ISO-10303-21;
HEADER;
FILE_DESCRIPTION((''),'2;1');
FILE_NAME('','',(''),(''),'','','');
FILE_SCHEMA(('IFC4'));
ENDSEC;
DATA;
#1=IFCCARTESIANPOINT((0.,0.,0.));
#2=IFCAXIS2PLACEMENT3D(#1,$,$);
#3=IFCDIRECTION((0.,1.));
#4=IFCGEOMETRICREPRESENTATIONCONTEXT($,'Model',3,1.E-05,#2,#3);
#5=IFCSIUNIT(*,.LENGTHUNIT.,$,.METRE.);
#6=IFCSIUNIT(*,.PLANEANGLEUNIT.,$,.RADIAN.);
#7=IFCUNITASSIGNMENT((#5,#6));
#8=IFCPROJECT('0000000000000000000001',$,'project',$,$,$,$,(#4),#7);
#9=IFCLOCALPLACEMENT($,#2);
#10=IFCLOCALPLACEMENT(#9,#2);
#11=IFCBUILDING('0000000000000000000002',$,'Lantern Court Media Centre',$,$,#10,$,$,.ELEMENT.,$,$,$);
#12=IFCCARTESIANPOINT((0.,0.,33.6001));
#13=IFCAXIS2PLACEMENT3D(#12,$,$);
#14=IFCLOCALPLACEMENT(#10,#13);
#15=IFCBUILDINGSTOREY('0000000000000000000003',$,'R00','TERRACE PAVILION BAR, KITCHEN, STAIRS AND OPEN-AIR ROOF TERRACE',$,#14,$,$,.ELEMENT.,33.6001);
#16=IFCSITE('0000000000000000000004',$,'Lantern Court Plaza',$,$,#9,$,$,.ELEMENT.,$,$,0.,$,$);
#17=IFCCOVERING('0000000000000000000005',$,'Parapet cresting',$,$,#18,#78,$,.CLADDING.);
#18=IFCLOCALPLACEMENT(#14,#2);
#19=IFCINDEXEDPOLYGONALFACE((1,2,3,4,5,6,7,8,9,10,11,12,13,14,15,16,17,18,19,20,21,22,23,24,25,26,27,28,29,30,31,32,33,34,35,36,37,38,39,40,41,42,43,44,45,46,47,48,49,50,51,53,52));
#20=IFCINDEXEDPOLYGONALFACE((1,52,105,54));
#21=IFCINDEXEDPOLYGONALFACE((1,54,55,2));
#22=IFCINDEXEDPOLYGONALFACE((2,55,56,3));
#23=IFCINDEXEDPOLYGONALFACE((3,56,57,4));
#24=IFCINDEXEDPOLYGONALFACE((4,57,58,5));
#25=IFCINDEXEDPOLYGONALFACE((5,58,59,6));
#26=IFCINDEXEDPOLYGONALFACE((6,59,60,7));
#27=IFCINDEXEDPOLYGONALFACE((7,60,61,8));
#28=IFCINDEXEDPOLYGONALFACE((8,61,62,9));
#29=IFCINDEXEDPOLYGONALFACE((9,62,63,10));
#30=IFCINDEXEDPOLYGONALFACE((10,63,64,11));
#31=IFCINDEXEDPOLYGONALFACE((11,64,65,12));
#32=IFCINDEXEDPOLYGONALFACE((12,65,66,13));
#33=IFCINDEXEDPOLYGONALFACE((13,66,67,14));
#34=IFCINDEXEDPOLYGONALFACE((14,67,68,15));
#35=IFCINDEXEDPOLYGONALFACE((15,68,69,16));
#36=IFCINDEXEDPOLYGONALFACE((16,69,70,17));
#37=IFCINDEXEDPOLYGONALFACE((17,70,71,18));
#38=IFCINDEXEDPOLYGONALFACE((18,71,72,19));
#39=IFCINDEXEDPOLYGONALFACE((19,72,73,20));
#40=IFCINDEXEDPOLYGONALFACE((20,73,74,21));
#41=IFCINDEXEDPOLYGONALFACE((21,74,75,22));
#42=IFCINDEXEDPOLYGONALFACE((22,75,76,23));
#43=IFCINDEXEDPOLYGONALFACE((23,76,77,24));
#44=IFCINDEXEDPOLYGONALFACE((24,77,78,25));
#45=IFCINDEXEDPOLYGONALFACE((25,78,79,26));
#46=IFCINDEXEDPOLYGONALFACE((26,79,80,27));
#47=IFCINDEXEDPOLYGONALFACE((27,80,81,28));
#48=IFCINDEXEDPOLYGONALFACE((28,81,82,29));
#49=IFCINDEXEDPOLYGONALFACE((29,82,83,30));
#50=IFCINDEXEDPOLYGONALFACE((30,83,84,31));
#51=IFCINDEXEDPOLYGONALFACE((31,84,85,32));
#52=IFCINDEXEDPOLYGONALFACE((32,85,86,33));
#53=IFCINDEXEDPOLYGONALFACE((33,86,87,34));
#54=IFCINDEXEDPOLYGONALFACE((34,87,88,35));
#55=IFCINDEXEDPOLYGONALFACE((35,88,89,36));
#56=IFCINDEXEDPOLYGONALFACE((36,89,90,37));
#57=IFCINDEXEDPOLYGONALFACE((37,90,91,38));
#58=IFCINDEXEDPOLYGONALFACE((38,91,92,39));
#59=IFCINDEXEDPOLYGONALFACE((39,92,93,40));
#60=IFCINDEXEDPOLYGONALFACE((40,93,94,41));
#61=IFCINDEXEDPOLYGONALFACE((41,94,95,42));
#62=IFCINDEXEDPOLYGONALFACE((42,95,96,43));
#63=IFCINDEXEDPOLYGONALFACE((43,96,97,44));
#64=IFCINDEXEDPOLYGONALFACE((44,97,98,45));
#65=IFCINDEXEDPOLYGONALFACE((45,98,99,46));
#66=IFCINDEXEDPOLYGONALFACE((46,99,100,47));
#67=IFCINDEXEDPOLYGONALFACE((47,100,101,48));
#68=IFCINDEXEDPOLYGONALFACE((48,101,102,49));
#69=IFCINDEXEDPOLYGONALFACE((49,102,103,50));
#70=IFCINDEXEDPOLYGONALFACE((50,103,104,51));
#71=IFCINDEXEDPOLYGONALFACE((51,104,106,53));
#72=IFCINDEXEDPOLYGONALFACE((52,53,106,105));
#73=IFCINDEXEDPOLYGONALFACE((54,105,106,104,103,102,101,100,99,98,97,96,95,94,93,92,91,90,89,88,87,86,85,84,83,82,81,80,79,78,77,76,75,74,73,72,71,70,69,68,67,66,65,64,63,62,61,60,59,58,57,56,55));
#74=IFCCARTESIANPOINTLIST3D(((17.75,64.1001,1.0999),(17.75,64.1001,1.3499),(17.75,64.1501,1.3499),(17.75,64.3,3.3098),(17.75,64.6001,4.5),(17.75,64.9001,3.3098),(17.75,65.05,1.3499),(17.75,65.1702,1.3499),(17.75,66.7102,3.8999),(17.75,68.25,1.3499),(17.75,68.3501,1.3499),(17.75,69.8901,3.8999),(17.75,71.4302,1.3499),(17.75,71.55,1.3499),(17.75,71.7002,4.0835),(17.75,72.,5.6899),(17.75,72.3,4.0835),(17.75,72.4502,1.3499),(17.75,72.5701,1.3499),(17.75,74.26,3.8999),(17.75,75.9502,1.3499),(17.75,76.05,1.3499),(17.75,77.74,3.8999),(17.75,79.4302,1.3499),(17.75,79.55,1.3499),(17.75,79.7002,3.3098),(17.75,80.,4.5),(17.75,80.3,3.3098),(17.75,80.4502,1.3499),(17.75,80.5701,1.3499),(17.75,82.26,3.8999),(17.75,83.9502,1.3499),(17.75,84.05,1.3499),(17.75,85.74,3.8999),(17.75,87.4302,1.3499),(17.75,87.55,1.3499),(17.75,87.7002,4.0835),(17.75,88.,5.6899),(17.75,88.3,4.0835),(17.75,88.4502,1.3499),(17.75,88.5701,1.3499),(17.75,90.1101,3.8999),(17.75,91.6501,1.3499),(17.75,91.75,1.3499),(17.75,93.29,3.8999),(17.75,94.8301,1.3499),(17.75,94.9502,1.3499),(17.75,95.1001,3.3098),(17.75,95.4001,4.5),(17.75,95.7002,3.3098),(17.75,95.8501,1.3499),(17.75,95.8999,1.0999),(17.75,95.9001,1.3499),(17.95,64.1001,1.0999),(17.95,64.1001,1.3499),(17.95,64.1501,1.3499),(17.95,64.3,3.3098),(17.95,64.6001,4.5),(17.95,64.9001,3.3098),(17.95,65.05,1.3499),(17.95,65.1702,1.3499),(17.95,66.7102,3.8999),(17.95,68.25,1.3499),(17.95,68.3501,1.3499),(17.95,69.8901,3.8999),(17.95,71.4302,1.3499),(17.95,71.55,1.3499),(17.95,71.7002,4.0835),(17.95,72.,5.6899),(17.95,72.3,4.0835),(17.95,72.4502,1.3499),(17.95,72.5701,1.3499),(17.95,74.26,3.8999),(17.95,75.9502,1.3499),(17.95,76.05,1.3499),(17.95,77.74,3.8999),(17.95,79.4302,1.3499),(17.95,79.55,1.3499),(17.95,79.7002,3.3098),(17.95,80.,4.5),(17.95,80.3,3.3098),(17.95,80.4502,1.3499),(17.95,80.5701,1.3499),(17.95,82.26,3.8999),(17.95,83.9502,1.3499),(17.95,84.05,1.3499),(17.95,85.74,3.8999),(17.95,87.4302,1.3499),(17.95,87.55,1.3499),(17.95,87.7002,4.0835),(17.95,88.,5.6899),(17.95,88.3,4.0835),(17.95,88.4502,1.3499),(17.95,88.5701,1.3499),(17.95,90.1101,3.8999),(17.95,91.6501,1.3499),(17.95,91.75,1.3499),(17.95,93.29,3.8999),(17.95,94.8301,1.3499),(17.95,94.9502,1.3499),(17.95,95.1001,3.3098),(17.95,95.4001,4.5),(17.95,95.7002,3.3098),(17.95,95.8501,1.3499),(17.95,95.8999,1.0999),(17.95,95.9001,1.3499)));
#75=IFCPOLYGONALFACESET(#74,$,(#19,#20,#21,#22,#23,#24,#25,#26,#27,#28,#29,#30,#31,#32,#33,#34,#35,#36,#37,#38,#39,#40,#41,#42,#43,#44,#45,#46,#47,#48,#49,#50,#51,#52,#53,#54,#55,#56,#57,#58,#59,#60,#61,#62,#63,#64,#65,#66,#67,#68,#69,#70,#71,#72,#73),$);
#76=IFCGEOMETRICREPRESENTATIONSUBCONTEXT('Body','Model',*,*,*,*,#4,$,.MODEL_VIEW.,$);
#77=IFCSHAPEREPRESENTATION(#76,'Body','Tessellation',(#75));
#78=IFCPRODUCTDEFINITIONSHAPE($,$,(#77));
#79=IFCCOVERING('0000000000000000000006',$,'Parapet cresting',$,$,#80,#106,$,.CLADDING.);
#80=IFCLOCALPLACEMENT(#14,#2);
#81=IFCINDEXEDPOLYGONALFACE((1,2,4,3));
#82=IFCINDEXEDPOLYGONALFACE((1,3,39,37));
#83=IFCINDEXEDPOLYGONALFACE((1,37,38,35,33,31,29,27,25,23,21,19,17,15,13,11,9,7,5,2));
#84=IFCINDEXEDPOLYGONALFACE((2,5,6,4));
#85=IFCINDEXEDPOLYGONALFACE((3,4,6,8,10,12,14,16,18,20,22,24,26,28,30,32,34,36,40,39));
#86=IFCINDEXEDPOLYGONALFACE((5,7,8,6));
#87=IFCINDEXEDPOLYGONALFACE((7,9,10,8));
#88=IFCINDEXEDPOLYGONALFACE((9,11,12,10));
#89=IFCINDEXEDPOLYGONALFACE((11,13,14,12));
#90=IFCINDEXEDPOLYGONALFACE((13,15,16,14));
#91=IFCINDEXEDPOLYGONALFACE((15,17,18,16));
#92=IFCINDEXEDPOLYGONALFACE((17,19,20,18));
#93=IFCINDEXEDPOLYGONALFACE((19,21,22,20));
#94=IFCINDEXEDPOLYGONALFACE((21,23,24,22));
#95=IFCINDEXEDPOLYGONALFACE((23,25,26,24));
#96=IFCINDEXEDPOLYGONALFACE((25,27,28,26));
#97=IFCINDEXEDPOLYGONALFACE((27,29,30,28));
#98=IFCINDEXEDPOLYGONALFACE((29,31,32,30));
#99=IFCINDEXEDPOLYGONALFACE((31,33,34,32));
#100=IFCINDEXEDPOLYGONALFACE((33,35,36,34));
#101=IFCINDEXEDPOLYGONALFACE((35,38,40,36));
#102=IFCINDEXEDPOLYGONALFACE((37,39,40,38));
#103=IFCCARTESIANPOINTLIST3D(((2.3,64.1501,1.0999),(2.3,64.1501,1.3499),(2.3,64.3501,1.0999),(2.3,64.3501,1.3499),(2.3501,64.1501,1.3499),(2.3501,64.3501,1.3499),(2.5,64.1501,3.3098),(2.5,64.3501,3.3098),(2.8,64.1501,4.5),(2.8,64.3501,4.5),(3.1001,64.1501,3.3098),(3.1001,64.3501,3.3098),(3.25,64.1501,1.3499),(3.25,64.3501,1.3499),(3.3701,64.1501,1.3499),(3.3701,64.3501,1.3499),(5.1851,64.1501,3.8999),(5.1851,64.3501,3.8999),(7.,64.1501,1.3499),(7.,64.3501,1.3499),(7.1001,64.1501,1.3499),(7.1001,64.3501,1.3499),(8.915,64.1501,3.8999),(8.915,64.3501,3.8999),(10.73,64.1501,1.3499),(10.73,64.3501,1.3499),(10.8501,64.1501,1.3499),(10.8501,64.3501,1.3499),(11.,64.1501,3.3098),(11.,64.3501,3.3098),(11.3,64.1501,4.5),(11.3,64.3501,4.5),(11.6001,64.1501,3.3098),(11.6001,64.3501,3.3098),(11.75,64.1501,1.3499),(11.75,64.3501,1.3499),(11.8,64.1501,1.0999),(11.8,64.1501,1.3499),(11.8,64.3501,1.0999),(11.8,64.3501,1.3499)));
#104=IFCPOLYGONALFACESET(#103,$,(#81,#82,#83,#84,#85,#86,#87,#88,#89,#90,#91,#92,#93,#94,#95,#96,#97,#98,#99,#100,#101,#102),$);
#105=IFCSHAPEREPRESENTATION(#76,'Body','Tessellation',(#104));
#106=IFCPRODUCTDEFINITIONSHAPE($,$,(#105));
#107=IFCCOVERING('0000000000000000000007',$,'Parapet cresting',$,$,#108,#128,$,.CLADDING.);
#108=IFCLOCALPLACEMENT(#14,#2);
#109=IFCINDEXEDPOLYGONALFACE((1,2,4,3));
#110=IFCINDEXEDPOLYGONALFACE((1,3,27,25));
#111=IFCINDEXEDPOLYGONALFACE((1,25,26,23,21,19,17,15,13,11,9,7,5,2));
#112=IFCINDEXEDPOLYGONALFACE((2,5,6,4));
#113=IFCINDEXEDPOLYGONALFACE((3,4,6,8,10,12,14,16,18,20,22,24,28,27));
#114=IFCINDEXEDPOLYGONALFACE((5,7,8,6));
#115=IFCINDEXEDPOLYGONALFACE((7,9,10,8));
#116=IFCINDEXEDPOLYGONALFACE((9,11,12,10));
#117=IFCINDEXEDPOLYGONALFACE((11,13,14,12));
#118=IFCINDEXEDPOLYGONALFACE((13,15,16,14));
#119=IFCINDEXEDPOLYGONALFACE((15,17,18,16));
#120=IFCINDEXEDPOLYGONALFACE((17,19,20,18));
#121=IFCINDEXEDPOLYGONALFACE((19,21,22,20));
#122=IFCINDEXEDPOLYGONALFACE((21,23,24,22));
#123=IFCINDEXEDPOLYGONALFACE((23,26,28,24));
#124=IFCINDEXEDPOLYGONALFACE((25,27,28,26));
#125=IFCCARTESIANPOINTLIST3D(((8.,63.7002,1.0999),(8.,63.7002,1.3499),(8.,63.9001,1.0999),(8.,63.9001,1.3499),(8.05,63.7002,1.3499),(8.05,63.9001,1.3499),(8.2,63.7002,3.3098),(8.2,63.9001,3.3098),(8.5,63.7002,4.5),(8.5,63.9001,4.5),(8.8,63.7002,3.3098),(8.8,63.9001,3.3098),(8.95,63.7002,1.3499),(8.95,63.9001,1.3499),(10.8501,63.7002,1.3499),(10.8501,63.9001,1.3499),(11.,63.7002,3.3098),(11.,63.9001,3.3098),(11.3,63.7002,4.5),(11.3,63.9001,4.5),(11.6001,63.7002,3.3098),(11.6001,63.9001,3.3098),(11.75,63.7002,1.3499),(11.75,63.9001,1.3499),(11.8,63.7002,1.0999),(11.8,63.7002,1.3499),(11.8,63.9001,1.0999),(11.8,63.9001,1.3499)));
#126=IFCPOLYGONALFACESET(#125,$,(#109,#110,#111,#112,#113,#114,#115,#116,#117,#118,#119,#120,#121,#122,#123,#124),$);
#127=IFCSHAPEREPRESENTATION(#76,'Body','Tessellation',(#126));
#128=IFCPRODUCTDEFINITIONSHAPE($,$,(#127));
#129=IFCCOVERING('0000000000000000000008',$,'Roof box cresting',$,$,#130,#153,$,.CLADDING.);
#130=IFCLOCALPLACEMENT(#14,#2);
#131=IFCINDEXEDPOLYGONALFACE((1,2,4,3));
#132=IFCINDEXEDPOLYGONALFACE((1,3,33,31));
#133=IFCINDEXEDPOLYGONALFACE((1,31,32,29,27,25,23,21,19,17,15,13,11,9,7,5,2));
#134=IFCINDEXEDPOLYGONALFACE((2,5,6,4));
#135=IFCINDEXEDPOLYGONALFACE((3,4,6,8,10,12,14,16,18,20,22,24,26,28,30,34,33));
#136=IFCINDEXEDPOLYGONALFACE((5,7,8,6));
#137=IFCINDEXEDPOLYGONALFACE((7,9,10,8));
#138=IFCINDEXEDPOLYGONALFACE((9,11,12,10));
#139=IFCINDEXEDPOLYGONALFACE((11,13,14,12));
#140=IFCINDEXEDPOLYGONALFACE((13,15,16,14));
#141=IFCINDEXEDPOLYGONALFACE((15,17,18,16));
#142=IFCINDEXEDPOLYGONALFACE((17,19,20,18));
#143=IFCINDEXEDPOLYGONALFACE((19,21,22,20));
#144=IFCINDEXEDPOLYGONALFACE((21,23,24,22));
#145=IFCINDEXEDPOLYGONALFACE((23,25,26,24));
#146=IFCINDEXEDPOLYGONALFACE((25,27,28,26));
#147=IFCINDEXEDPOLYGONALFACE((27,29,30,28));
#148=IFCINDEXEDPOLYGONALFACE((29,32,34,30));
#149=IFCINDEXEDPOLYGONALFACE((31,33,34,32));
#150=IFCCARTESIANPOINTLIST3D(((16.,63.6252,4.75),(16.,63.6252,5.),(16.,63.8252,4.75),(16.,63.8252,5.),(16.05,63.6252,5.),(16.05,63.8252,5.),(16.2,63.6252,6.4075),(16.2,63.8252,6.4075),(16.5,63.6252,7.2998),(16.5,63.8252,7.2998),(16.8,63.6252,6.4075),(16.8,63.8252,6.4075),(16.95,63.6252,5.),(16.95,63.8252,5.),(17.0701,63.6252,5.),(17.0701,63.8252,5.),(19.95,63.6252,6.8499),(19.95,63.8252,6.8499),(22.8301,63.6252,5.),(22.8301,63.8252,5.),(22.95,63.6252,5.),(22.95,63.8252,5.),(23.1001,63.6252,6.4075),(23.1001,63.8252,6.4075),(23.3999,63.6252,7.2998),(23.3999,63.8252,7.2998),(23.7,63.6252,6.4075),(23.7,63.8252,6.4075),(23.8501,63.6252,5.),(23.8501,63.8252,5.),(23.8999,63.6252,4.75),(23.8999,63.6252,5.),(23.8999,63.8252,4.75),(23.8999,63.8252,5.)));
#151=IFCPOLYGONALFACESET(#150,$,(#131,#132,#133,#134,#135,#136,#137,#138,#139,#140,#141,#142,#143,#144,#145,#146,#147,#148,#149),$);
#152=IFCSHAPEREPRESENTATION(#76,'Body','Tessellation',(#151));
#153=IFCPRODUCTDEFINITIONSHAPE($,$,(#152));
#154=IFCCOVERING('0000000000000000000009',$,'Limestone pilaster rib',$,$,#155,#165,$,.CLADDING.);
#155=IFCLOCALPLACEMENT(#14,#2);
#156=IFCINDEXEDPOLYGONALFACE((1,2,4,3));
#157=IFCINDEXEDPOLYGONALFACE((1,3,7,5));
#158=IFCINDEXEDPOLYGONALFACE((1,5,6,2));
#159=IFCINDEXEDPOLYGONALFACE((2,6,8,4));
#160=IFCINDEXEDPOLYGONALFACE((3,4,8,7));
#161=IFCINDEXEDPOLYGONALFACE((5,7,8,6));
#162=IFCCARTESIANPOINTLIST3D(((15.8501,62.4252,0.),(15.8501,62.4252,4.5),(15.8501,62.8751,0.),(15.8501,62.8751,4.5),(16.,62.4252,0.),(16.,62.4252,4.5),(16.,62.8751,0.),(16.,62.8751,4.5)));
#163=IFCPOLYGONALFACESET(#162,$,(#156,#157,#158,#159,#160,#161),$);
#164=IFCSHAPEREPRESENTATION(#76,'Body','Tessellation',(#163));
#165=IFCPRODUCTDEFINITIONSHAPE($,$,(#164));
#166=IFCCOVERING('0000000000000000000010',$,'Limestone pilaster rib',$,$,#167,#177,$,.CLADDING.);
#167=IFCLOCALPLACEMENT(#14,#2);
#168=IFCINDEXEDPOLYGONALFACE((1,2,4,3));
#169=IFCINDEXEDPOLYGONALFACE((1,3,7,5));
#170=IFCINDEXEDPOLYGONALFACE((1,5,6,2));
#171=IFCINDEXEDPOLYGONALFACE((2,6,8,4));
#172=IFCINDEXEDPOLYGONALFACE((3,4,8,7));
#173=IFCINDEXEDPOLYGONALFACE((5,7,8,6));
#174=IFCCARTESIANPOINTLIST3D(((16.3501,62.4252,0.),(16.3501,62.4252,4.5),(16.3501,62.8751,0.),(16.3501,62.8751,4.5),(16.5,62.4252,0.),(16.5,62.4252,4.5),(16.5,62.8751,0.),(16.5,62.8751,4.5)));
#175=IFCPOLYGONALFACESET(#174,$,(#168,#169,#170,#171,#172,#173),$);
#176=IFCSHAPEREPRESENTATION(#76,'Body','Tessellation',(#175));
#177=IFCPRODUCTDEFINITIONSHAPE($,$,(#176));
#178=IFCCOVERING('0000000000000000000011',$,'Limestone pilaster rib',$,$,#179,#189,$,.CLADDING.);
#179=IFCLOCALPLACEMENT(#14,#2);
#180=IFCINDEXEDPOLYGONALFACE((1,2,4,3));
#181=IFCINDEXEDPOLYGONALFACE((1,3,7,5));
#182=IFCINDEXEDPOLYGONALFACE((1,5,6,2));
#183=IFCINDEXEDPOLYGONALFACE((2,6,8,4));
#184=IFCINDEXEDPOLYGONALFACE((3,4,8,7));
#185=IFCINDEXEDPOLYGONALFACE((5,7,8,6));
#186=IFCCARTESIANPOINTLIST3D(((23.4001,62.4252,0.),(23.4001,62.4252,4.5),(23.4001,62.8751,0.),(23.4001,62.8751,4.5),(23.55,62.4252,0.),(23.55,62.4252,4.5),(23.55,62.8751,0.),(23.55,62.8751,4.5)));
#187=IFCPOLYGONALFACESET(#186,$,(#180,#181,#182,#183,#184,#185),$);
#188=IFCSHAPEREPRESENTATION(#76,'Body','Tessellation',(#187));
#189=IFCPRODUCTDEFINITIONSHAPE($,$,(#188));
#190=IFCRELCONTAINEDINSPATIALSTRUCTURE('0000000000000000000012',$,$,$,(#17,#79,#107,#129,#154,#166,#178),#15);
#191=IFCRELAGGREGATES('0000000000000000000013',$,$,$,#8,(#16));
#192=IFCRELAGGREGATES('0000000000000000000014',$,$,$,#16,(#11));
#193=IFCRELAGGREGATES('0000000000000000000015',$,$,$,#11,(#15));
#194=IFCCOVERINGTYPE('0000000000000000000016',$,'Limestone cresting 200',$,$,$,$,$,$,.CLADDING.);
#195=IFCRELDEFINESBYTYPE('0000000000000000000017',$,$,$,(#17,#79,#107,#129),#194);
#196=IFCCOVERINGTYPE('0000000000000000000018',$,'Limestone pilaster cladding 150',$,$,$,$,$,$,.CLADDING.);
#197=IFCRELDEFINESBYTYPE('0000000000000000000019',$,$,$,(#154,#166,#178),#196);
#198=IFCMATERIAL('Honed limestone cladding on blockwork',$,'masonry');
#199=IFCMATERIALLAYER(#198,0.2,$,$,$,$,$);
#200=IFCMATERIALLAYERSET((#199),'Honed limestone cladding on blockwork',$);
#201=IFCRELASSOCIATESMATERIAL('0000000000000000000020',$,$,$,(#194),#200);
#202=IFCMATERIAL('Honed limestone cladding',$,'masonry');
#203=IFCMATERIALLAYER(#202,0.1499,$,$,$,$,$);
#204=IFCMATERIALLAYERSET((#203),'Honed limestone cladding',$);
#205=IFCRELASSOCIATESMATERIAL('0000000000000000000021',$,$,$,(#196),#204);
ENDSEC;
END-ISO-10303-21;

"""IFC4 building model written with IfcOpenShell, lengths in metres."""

from ifc_helpers import new_model, si_unit, direction, frame, frame_2d, origin, place, context, subcontext, project, spatial, polyline, rectangle, outline, extrude, material, layer, layer_set, type_object, element, save


model = new_model("IFC4")

# Units and contexts
model_context = context("Model", 3, precision=1e-05, world=origin(), true_north=direction((0.0, 1.0)))
body_context = subcontext(model_context, "Body", "Model", "MODEL_VIEW")
ifc_project = project(units=[si_unit("LENGTHUNIT", "METRE"), si_unit("PLANEANGLEUNIT", "RADIAN")], contexts=[model_context])

# Site, building, storey
site_placement = place(None, origin())
site = spatial("IfcSite", under=ifc_project, at=site_placement, Name="Lantern Court Plaza", CompositionType="ELEMENT", RefElevation=0.0)
building_placement = place(site_placement, origin())
building = spatial("IfcBuilding", under=site, at=building_placement, Name="Lantern Court Media Centre", CompositionType="ELEMENT")
storey_placement = place(building_placement, frame((0.0, 0.0, 33.6001)))
storey = spatial("IfcBuildingStorey", under=building, at=storey_placement, Name="R00", Description="TERRACE PAVILION BAR, KITCHEN, STAIRS AND OPEN-AIR ROOF TERRACE", CompositionType="ELEMENT", Elevation=33.6001)

# Shared definitions
ifc_material_1 = material(Name="Honed limestone cladding on blockwork", Category="masonry")

# Coverings
ifc_layer_1 = layer(ifc_material_1, 0.2)
ifc_layer_set_1 = layer_set([ifc_layer_1], Name="Honed limestone cladding on blockwork")
covering_type_1 = type_object("IfcCoveringType", Name="Limestone cresting 200", PredefinedType="CLADDING", material=ifc_layer_set_1)
for number, where, z_axis, x_axis, name in (
    (1, (17.8501, 64.1001, 1.0999), (0.0, 0.0, 1.0), (0.0, 1.0, 0.0), "Parapet cresting"),
):
    element("IfcCovering", number, at=place(storey_placement, frame(where, z_axis=z_axis, x_axis=x_axis)), inside=storey, type_object=covering_type_1, Name=name, PredefinedType="CLADDING", context=body_context, shape_type="SweptSolid", body=[
        extrude(outline(polyline([(0.0, 0.0), (31.7998, 0.0), (31.8, 0.25), (31.75, 0.25), (31.6001, 2.21), (31.3, 3.4001), (31.0, 2.21), (30.8501, 0.25), (30.73, 0.25), (29.1899, 2.8), (27.6499, 0.25), (27.55, 0.25), (26.01, 2.8), (24.47, 0.25), (24.3501, 0.25), (24.2, 2.9836), (23.8999, 4.5901), (23.6001, 2.9836), (23.45, 0.25), (23.3301, 0.25), (21.6399, 2.8), (19.95, 0.25), (19.8501, 0.25), (18.1599, 2.8), (16.47, 0.25), (16.3501, 0.25), (16.2, 2.21), (15.8999, 3.4001), (15.6001, 2.21), (15.45, 0.25), (15.3301, 0.25), (13.6399, 2.8), (11.95, 0.25), (11.8501, 0.25), (10.1599, 2.8), (8.47, 0.25), (8.3501, 0.25), (8.2, 2.9836), (7.8999, 4.5901), (7.6001, 2.9836), (7.45, 0.25), (7.3301, 0.25), (5.79, 2.8), (4.25, 0.25), (4.1499, 0.25), (2.6101, 2.8), (1.0701, 0.25), (0.95, 0.25), (0.8, 2.21), (0.5, 3.4001), (0.2, 2.21), (0.05, 0.25), (0.0, 0.25), (0.0, 0.0)])), frame((0.0, 0.1001, 0.0), z_axis=(0.0, -1.0, 0.0), x_axis=(1.0, 0.0, 0.0)), (0.0, 0.0, 1.0), 0.2),
    ])
covering_1_placement = place(storey_placement, frame((2.3, 64.25, 1.0999), z_axis=(0.0, 0.0, 1.0), x_axis=(1.0, 0.0, 0.0)))
element("IfcCovering", 2, at=covering_1_placement, inside=storey, type_object=covering_type_1, Name="Parapet cresting", PredefinedType="CLADDING", context=body_context, shape_type="SweptSolid", body=[
    extrude(outline(polyline([(0.0, 0.0), (9.5, 0.0), (9.5, 0.25), (9.45, 0.25), (9.3, 2.21), (9.0, 3.4001), (8.7, 2.21), (8.55, 0.25), (8.4299, 0.25), (6.615, 2.8), (4.8, 0.25), (4.7, 0.25), (2.885, 2.8), (1.0701, 0.25), (0.95, 0.25), (0.8, 2.21), (0.5, 3.4001), (0.2, 2.21), (0.05, 0.25), (0.0, 0.25), (0.0, 0.0)])), frame((0.0, 0.1001, 0.0), z_axis=(0.0, -1.0, 0.0), x_axis=(1.0, 0.0, 0.0)), (0.0, 0.0, 1.0), 0.2),
])
covering_2_placement = place(storey_placement, frame((8.0, 63.8, 1.0999), z_axis=(0.0, 0.0, 1.0), x_axis=(1.0, 0.0, 0.0)))
element("IfcCovering", 3, at=covering_2_placement, inside=storey, type_object=covering_type_1, Name="Parapet cresting", PredefinedType="CLADDING", context=body_context, shape_type="SweptSolid", body=[
    extrude(outline(polyline([(0.0, 0.0), (3.8, 0.0), (3.8, 0.25), (3.75, 0.25), (3.6001, 2.21), (3.3, 3.4001), (3.0, 2.21), (2.8501, 0.25), (0.95, 0.25), (0.8, 2.21), (0.5, 3.4001), (0.2, 2.21), (0.05, 0.25), (0.0, 0.25), (0.0, 0.0)])), frame((0.0, 0.1001, 0.0), z_axis=(0.0, -1.0, 0.0), x_axis=(1.0, 0.0, 0.0)), (0.0, 0.0, 1.0), 0.2),
])
covering_3_placement = place(storey_placement, frame((16.0, 63.7251, 4.75), z_axis=(0.0, 0.0, 1.0), x_axis=(1.0, 0.0, 0.0)))
element("IfcCovering", 4, at=covering_3_placement, inside=storey, type_object=covering_type_1, Name="Roof box cresting", PredefinedType="CLADDING", context=body_context, shape_type="SweptSolid", body=[
    extrude(outline(polyline([(0.0, 0.0), (7.8999, 0.0), (7.8999, 0.25), (7.8501, 0.25), (7.7, 1.6575), (7.3999, 2.5498), (7.1001, 1.6575), (6.95, 0.25), (6.8301, 0.25), (3.95, 2.0999), (1.0701, 0.25), (0.95, 0.25), (0.8, 1.6575), (0.5, 2.5498), (0.2, 1.6575), (0.05, 0.25), (0.0, 0.25), (0.0, 0.0)])), frame((0.0, 0.1001, 0.0), z_axis=(0.0, -1.0, 0.0), x_axis=(1.0, 0.0, 0.0)), (0.0, 0.0, 1.0), 0.2),
])
ifc_material_2 = material(Name="Honed limestone cladding", Category="masonry")
ifc_layer_2 = layer(ifc_material_2, 0.1499)
ifc_layer_set_2 = layer_set([ifc_layer_2], Name="Honed limestone cladding")
covering_type_2 = type_object("IfcCoveringType", Name="Limestone pilaster cladding 150", PredefinedType="CLADDING", material=ifc_layer_set_2)
for number, where, z_axis, x_axis, name in (
    (5, (15.925, 62.425, 0.0), (0.0, 0.0, 1.0), (0.0, 1.0, 0.0), "Limestone pilaster rib"),
    (6, (16.425, 62.425, 0.0), (0.0, 0.0, 1.0), (0.0, 1.0, 0.0), "Limestone pilaster rib"),
    (7, (23.4751, 62.425, 0.0), (0.0, 0.0, 1.0), (0.0, 1.0, 0.0), "Limestone pilaster rib"),
):
    element("IfcCovering", number, at=place(storey_placement, frame(where, z_axis=z_axis, x_axis=x_axis)), inside=storey, type_object=covering_type_2, Name=name, PredefinedType="CLADDING", context=body_context, shape_type="SweptSolid", body=[
        extrude(rectangle(XDim=0.45, YDim=0.1499, at=frame_2d((0.2251, 0.0))), origin(), (0.0, 0.0, 1.0), 4.5),
    ])

save(model, "model.ifc")
